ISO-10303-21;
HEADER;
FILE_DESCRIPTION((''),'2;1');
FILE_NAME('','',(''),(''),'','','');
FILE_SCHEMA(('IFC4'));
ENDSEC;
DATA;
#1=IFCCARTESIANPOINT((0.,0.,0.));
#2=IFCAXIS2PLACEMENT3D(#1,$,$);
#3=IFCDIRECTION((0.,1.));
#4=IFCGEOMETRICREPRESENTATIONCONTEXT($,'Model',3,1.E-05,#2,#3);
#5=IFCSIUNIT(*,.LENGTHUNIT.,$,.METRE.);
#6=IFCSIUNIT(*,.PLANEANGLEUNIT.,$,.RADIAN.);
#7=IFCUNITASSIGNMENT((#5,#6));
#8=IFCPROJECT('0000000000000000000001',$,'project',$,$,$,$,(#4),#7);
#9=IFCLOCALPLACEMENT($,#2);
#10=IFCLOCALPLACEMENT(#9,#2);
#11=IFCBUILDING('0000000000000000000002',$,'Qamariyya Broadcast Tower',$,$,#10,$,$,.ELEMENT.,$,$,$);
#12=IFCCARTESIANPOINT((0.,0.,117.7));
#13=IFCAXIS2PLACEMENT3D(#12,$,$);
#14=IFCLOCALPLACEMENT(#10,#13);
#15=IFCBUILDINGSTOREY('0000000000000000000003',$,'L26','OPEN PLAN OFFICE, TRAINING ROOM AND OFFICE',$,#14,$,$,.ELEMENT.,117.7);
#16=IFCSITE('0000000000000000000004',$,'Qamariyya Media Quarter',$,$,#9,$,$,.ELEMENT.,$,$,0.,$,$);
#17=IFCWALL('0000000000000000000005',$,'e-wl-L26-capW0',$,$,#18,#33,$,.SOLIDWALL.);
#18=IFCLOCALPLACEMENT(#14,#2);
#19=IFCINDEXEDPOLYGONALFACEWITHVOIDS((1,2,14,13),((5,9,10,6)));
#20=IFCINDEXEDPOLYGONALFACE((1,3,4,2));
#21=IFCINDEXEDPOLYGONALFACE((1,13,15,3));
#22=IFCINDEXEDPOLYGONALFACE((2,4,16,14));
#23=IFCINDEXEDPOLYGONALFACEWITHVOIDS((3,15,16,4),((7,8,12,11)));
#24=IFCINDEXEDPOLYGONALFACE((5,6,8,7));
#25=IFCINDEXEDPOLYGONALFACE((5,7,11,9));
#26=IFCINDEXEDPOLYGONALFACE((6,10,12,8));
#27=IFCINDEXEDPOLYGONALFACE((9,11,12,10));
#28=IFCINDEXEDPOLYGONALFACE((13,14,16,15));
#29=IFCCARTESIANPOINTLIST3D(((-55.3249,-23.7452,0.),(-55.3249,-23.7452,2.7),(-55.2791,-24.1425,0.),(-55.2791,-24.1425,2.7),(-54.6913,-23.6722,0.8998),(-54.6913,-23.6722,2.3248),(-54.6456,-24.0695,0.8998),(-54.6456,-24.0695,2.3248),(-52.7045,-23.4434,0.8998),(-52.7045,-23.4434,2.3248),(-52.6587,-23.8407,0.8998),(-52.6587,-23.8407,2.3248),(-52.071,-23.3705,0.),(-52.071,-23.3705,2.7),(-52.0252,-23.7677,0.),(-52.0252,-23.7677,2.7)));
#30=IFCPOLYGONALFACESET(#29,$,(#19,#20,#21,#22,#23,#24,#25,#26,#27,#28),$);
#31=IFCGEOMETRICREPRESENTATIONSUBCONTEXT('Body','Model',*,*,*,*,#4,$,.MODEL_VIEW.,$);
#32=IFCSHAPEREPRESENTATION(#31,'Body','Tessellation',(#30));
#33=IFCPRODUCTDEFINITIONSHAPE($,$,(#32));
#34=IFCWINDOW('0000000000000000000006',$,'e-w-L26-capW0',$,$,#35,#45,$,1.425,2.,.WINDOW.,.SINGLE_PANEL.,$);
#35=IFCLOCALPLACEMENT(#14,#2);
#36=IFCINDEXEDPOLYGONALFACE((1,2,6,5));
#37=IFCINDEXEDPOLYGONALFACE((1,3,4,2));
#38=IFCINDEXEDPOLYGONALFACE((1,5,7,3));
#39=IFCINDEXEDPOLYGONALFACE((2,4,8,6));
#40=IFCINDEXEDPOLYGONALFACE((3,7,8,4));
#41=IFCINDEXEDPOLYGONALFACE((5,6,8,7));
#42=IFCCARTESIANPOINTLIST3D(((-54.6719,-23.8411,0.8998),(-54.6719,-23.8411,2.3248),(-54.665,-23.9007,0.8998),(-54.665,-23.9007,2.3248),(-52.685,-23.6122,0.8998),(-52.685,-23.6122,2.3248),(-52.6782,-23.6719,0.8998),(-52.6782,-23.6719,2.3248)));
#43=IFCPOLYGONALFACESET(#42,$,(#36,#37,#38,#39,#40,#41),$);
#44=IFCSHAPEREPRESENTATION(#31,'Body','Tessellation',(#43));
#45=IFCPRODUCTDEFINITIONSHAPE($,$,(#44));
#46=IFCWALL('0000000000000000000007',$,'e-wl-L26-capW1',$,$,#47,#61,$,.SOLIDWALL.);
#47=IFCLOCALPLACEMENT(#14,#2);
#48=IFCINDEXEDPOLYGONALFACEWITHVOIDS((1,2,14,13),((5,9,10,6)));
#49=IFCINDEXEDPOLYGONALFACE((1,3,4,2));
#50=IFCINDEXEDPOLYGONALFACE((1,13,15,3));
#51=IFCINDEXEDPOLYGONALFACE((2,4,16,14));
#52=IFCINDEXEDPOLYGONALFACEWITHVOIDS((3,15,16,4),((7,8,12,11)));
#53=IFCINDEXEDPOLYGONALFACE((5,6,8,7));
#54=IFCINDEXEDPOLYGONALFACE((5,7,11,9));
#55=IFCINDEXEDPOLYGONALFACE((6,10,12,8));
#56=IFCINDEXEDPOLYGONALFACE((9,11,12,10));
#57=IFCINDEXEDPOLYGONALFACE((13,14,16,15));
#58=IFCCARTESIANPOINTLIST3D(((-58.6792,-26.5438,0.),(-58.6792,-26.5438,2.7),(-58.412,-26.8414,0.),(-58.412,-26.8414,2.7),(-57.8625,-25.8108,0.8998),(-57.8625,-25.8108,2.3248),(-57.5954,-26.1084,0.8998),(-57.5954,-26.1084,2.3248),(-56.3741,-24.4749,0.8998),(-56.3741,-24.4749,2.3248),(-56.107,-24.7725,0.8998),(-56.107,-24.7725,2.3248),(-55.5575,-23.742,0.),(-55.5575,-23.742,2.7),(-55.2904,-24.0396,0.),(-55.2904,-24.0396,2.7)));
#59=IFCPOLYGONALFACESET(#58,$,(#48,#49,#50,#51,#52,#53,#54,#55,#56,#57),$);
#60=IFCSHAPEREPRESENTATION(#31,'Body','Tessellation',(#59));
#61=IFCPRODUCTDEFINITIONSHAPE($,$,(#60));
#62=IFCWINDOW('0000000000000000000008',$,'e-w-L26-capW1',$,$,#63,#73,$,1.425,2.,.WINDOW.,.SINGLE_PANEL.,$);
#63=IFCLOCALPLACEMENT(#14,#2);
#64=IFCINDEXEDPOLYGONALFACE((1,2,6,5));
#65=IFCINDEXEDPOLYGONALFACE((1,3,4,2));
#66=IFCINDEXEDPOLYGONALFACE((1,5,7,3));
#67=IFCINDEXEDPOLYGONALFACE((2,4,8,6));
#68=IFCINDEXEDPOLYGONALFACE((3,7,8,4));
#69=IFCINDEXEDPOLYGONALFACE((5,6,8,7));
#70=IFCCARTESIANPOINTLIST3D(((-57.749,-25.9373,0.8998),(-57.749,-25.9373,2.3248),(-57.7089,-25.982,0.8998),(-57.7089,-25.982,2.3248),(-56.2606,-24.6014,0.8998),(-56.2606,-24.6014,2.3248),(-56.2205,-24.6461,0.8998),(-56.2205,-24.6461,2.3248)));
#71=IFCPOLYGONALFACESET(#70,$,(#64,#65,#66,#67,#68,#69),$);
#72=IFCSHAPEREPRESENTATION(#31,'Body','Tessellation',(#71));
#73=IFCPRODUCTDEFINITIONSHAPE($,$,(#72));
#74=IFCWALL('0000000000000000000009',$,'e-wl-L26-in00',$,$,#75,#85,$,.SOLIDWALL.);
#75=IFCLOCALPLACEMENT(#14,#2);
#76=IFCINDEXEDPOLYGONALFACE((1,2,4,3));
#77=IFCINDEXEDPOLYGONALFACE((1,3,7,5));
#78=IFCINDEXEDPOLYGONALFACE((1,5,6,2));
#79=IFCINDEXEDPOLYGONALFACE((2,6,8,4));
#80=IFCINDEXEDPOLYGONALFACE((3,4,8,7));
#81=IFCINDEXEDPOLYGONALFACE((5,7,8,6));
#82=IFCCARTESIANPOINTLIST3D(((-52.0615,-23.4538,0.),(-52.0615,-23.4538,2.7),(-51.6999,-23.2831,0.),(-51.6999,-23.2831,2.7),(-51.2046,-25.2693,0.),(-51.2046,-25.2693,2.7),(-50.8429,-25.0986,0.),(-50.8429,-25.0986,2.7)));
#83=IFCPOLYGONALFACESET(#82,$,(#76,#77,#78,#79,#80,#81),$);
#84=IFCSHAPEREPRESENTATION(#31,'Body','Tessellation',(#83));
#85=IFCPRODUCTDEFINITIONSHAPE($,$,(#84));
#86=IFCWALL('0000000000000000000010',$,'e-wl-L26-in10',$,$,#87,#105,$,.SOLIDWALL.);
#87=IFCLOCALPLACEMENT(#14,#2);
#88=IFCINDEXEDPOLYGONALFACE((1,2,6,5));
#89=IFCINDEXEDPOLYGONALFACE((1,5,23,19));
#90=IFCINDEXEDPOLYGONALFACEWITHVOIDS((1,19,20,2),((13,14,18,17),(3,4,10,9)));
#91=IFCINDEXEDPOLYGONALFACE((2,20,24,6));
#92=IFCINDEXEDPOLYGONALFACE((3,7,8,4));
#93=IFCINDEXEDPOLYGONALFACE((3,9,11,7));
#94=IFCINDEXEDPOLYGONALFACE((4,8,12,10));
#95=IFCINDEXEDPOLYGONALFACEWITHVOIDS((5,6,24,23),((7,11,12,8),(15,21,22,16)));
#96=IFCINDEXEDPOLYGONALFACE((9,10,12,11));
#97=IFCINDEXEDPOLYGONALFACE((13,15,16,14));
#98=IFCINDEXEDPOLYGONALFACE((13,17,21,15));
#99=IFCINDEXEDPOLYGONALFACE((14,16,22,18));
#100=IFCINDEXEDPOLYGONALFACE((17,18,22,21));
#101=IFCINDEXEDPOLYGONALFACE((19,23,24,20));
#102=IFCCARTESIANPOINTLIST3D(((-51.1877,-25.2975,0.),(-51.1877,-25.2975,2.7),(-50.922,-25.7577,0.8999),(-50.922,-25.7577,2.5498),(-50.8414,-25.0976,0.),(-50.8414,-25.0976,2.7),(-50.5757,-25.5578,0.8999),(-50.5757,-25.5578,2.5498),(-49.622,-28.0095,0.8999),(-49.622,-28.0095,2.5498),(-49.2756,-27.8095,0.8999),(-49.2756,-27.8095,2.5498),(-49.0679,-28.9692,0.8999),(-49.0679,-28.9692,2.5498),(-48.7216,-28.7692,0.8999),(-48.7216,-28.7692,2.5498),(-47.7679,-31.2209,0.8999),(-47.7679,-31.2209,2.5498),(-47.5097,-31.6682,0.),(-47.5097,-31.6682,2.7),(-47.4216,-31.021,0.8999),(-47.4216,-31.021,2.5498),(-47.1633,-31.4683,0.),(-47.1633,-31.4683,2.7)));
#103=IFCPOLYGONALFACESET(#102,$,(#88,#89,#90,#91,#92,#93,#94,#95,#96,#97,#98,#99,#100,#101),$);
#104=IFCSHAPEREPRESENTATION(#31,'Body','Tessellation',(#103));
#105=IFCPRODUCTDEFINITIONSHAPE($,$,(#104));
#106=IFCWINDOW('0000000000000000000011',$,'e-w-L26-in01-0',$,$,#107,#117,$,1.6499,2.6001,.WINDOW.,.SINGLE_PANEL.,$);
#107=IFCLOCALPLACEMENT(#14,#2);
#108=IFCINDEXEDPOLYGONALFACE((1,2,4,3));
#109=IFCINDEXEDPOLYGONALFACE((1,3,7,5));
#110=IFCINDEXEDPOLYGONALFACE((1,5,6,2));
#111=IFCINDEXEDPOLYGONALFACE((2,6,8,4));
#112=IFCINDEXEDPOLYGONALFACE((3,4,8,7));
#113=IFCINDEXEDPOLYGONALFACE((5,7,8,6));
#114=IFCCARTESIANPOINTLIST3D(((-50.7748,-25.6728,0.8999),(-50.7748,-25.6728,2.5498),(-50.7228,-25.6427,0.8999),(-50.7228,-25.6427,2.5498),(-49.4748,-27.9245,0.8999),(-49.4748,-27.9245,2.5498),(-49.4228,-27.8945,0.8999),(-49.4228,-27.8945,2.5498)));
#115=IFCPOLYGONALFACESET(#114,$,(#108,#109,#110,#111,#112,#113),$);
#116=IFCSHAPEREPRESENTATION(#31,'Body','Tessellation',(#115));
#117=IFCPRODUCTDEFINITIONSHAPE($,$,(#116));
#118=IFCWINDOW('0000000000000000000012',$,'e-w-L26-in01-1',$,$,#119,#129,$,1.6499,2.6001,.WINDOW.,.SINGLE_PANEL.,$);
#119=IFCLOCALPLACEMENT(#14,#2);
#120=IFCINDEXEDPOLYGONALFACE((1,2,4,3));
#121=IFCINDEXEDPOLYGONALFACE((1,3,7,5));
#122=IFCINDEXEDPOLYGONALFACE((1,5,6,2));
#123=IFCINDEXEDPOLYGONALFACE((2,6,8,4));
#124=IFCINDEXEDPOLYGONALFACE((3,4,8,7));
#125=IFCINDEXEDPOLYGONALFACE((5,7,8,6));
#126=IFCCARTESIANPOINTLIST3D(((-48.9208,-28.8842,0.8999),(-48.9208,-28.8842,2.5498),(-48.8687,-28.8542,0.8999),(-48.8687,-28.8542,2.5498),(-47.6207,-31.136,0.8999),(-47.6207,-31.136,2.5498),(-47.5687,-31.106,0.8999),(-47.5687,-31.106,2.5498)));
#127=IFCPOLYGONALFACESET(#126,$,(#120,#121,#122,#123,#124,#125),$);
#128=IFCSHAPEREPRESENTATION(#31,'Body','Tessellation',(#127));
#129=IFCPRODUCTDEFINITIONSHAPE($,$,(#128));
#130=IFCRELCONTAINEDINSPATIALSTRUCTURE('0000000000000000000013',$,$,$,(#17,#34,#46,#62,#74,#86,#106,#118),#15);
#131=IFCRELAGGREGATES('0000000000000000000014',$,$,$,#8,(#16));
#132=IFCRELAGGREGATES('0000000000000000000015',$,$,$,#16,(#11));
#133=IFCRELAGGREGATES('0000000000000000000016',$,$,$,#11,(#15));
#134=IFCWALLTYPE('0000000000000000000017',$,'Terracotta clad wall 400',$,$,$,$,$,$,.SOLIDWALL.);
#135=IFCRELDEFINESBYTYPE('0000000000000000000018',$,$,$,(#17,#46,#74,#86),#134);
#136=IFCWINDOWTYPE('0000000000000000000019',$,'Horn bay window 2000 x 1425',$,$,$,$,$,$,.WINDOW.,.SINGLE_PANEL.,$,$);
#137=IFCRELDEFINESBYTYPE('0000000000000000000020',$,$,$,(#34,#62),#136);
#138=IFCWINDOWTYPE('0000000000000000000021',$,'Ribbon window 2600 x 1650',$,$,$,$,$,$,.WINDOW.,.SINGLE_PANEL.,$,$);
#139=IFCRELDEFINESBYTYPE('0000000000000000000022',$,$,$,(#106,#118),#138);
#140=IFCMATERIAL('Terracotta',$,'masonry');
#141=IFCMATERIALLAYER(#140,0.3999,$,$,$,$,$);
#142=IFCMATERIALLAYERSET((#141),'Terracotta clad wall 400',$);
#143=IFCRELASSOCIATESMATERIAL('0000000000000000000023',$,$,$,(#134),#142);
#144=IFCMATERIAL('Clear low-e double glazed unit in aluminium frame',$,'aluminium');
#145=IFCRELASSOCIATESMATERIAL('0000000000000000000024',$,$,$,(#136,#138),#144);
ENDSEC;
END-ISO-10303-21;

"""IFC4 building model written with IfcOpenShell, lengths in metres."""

from ifc_helpers import new_model, si_unit, direction, frame, frame_2d, origin, place, context, subcontext, project, spatial, rectangle, extrude, material, layer, layer_set, type_object, element, fill, save


model = new_model("IFC4")

# Units and contexts
model_context = context("Model", 3, precision=1e-05, world=origin(), true_north=direction((0.0, 1.0)))
body_context = subcontext(model_context, "Body", "Model", "MODEL_VIEW")
ifc_project = project(units=[si_unit("LENGTHUNIT", "METRE"), si_unit("PLANEANGLEUNIT", "RADIAN")], contexts=[model_context])

# Site, building, storey
site_placement = place(None, origin())
site = spatial("IfcSite", under=ifc_project, at=site_placement, Name="Qamariyya Media Quarter", CompositionType="ELEMENT", RefElevation=0.0)
building_placement = place(site_placement, origin())
building = spatial("IfcBuilding", under=site, at=building_placement, Name="Qamariyya Broadcast Tower", CompositionType="ELEMENT")
storey_placement = place(building_placement, frame((0.0, 0.0, 117.7)))
storey = spatial("IfcBuildingStorey", under=building, at=storey_placement, Name="L26", Description="OPEN PLAN OFFICE, TRAINING ROOM AND OFFICE", CompositionType="ELEMENT", Elevation=117.7)

# Walls, openings, windows
ifc_material_1 = material(Name="Terracotta", Category="masonry")
ifc_layer_1 = layer(ifc_material_1, 0.3999)
ifc_layer_set_1 = layer_set([ifc_layer_1], Name="Terracotta clad wall 400")
wall_type_1 = type_object("IfcWallType", Name="Terracotta clad wall 400", PredefinedType="SOLIDWALL", material=ifc_layer_set_1)
wall_1_placement = place(storey_placement, frame((-52.0481, -23.5691, 0.0), z_axis=(0.0, 0.0, 1.0), x_axis=(-0.993433, -0.114415, 0.0)))
wall_1 = element("IfcWall", 1, at=wall_1_placement, inside=storey, type_object=wall_type_1, Name="e-wl-L26-capW0", PredefinedType="SOLIDWALL", context=body_context, shape_type="SweptSolid", body=[
    extrude(rectangle(XDim=3.2754, YDim=0.3999, at=frame_2d((1.6377, 0.0))), origin(), (0.0, 0.0, 1.0), 2.7),
])
opening_1_placement = place(wall_1_placement, frame((0.6377, 0.0, 0.8999)))
opening_1 = element("IfcOpeningElement", 2, at=opening_1_placement, cuts=wall_1, PredefinedType="OPENING", context=body_context, shape_type="SweptSolid", body=[
    extrude(rectangle(XDim=2.0, YDim=1.425, at=frame_2d((1.0, 0.7124))), frame((0.0, 0.21, 0.0), z_axis=(0.0, -1.0, 0.0), x_axis=(1.0, 0.0, 0.0)), (0.0, 0.0, 1.0), 0.4199),
])
ifc_material_2 = material(Name="Clear low-e double glazed unit in aluminium frame", Category="aluminium")
window_type_1 = type_object("IfcWindowType", Name="Horn bay window 2000 x 1425", PartitioningType="SINGLE_PANEL", PredefinedType="WINDOW", material=ifc_material_2)
window_1_placement = place(opening_1_placement, origin())
window_1 = element("IfcWindow", 3, at=window_1_placement, inside=storey, type_object=window_type_1, Name="e-w-L26-capW0", OverallHeight=1.425, OverallWidth=2.0, PartitioningType="SINGLE_PANEL", PredefinedType="WINDOW", context=body_context, shape_type="SweptSolid", body=[
    extrude(rectangle(XDim=2.0, YDim=1.425, at=frame_2d((1.0, 0.7124))), frame((0.0, 0.03, 0.0), z_axis=(0.0, -1.0, 0.0), x_axis=(1.0, 0.0, 0.0)), (0.0, 0.0, 1.0), 0.0601),
])
fill(opening_1, window_1)
wall_2_placement = place(storey_placement, frame((-55.4241, -23.8909, 0.0), z_axis=(0.0, 0.0, 1.0), x_axis=(-0.744202, -0.667954, 0.0)))
wall_2 = element("IfcWall", 4, at=wall_2_placement, inside=storey, type_object=wall_type_1, Name="e-wl-L26-capW1", PredefinedType="SOLIDWALL", context=body_context, shape_type="SweptSolid", body=[
    extrude(rectangle(XDim=4.1946, YDim=0.3999, at=frame_2d((2.0972, 0.0))), origin(), (0.0, 0.0, 1.0), 2.7),
])
opening_2_placement = place(wall_2_placement, frame((1.0972, 0.0, 0.8999)))
opening_2 = element("IfcOpeningElement", 5, at=opening_2_placement, cuts=wall_2, PredefinedType="OPENING", context=body_context, shape_type="SweptSolid", body=[
    extrude(rectangle(XDim=2.0, YDim=1.425, at=frame_2d((1.0, 0.7124))), frame((0.0, 0.21, 0.0), z_axis=(0.0, -1.0, 0.0), x_axis=(1.0, 0.0, 0.0)), (0.0, 0.0, 1.0), 0.4199),
])
window_2_placement = place(opening_2_placement, origin())
window_2 = element("IfcWindow", 6, at=window_2_placement, inside=storey, type_object=window_type_1, Name="e-w-L26-capW1", OverallHeight=1.425, OverallWidth=2.0, PartitioningType="SINGLE_PANEL", PredefinedType="WINDOW", context=body_context, shape_type="SweptSolid", body=[
    extrude(rectangle(XDim=2.0, YDim=1.425, at=frame_2d((1.0, 0.7124))), frame((0.0, 0.03, 0.0), z_axis=(0.0, -1.0, 0.0), x_axis=(1.0, 0.0, 0.0)), (0.0, 0.0, 1.0), 0.0601),
])
fill(opening_2, window_2)

# Wall
wall_3_placement = place(storey_placement, frame((-51.0237, -25.1841, 0.0), z_axis=(0.0, 0.0, 1.0), x_axis=(-0.426863, 0.904316, 0.0)))
element("IfcWall", 7, at=wall_3_placement, inside=storey, type_object=wall_type_1, Name="e-wl-L26-in00", PredefinedType="SOLIDWALL", context=body_context, shape_type="SweptSolid", body=[
    extrude(rectangle(XDim=2.0076, YDim=0.3999, at=frame_2d((1.0039, 0.0))), origin(), (0.0, 0.0, 1.0), 2.7),
])

# Wall, openings, windows
wall_4_placement = place(storey_placement, frame((-47.3364, -31.5684, 0.0), z_axis=(0.0, 0.0, 1.0), x_axis=(-0.499991, 0.866031, 0.0)))
wall_4 = element("IfcWall", 8, at=wall_4_placement, inside=storey, type_object=wall_type_1, Name="e-wl-L26-in10", PredefinedType="SOLIDWALL", context=body_context, shape_type="SweptSolid", body=[
    extrude(rectangle(XDim=7.3562, YDim=0.3999, at=frame_2d((3.6782, 0.0))), origin(), (0.0, 0.0, 1.0), 2.7),
])
opening_3_placement = place(wall_4_placement, frame((4.2249, 0.0, 0.8999)))
opening_3 = element("IfcOpeningElement", 9, at=opening_3_placement, cuts=wall_4, PredefinedType="OPENING", context=body_context, shape_type="SweptSolid", body=[
    extrude(rectangle(XDim=2.6001, YDim=1.6499, at=frame_2d((1.3, 0.825))), frame((0.0, 0.21, 0.0), z_axis=(0.0, -1.0, 0.0), x_axis=(1.0, 0.0, 0.0)), (0.0, 0.0, 1.0), 0.4199),
])
opening_4_placement = place(wall_4_placement, frame((0.5166, 0.0, 0.8999)))
opening_4 = element("IfcOpeningElement", 10, at=opening_4_placement, cuts=wall_4, PredefinedType="OPENING", context=body_context, shape_type="SweptSolid", body=[
    extrude(rectangle(XDim=2.6001, YDim=1.6499, at=frame_2d((1.3, 0.825))), frame((0.0, 0.21, 0.0), z_axis=(0.0, -1.0, 0.0), x_axis=(1.0, 0.0, 0.0)), (0.0, 0.0, 1.0), 0.4199),
])
window_type_2 = type_object("IfcWindowType", Name="Ribbon window 2600 x 1650", PartitioningType="SINGLE_PANEL", PredefinedType="WINDOW", material=ifc_material_2)
window_3_placement = place(opening_3_placement, origin())
window_3 = element("IfcWindow", 11, at=window_3_placement, inside=storey, type_object=window_type_2, Name="e-w-L26-in01-0", OverallHeight=1.6499, OverallWidth=2.6001, PartitioningType="SINGLE_PANEL", PredefinedType="WINDOW", context=body_context, shape_type="SweptSolid", body=[
    extrude(rectangle(XDim=2.6001, YDim=1.6499, at=frame_2d((1.3, 0.825))), frame((0.0, 0.03, 0.0), z_axis=(0.0, -1.0, 0.0), x_axis=(1.0, 0.0, 0.0)), (0.0, 0.0, 1.0), 0.0601),
])
fill(opening_3, window_3)
window_4_placement = place(opening_4_placement, origin())
window_4 = element("IfcWindow", 12, at=window_4_placement, inside=storey, type_object=window_type_2, Name="e-w-L26-in01-1", OverallHeight=1.6499, OverallWidth=2.6001, PartitioningType="SINGLE_PANEL", PredefinedType="WINDOW", context=body_context, shape_type="SweptSolid", body=[
    extrude(rectangle(XDim=2.6001, YDim=1.6499, at=frame_2d((1.3, 0.825))), frame((0.0, 0.03, 0.0), z_axis=(0.0, -1.0, 0.0), x_axis=(1.0, 0.0, 0.0)), (0.0, 0.0, 1.0), 0.0601),
])
fill(opening_4, window_4)

save(model, "model.ifc")
